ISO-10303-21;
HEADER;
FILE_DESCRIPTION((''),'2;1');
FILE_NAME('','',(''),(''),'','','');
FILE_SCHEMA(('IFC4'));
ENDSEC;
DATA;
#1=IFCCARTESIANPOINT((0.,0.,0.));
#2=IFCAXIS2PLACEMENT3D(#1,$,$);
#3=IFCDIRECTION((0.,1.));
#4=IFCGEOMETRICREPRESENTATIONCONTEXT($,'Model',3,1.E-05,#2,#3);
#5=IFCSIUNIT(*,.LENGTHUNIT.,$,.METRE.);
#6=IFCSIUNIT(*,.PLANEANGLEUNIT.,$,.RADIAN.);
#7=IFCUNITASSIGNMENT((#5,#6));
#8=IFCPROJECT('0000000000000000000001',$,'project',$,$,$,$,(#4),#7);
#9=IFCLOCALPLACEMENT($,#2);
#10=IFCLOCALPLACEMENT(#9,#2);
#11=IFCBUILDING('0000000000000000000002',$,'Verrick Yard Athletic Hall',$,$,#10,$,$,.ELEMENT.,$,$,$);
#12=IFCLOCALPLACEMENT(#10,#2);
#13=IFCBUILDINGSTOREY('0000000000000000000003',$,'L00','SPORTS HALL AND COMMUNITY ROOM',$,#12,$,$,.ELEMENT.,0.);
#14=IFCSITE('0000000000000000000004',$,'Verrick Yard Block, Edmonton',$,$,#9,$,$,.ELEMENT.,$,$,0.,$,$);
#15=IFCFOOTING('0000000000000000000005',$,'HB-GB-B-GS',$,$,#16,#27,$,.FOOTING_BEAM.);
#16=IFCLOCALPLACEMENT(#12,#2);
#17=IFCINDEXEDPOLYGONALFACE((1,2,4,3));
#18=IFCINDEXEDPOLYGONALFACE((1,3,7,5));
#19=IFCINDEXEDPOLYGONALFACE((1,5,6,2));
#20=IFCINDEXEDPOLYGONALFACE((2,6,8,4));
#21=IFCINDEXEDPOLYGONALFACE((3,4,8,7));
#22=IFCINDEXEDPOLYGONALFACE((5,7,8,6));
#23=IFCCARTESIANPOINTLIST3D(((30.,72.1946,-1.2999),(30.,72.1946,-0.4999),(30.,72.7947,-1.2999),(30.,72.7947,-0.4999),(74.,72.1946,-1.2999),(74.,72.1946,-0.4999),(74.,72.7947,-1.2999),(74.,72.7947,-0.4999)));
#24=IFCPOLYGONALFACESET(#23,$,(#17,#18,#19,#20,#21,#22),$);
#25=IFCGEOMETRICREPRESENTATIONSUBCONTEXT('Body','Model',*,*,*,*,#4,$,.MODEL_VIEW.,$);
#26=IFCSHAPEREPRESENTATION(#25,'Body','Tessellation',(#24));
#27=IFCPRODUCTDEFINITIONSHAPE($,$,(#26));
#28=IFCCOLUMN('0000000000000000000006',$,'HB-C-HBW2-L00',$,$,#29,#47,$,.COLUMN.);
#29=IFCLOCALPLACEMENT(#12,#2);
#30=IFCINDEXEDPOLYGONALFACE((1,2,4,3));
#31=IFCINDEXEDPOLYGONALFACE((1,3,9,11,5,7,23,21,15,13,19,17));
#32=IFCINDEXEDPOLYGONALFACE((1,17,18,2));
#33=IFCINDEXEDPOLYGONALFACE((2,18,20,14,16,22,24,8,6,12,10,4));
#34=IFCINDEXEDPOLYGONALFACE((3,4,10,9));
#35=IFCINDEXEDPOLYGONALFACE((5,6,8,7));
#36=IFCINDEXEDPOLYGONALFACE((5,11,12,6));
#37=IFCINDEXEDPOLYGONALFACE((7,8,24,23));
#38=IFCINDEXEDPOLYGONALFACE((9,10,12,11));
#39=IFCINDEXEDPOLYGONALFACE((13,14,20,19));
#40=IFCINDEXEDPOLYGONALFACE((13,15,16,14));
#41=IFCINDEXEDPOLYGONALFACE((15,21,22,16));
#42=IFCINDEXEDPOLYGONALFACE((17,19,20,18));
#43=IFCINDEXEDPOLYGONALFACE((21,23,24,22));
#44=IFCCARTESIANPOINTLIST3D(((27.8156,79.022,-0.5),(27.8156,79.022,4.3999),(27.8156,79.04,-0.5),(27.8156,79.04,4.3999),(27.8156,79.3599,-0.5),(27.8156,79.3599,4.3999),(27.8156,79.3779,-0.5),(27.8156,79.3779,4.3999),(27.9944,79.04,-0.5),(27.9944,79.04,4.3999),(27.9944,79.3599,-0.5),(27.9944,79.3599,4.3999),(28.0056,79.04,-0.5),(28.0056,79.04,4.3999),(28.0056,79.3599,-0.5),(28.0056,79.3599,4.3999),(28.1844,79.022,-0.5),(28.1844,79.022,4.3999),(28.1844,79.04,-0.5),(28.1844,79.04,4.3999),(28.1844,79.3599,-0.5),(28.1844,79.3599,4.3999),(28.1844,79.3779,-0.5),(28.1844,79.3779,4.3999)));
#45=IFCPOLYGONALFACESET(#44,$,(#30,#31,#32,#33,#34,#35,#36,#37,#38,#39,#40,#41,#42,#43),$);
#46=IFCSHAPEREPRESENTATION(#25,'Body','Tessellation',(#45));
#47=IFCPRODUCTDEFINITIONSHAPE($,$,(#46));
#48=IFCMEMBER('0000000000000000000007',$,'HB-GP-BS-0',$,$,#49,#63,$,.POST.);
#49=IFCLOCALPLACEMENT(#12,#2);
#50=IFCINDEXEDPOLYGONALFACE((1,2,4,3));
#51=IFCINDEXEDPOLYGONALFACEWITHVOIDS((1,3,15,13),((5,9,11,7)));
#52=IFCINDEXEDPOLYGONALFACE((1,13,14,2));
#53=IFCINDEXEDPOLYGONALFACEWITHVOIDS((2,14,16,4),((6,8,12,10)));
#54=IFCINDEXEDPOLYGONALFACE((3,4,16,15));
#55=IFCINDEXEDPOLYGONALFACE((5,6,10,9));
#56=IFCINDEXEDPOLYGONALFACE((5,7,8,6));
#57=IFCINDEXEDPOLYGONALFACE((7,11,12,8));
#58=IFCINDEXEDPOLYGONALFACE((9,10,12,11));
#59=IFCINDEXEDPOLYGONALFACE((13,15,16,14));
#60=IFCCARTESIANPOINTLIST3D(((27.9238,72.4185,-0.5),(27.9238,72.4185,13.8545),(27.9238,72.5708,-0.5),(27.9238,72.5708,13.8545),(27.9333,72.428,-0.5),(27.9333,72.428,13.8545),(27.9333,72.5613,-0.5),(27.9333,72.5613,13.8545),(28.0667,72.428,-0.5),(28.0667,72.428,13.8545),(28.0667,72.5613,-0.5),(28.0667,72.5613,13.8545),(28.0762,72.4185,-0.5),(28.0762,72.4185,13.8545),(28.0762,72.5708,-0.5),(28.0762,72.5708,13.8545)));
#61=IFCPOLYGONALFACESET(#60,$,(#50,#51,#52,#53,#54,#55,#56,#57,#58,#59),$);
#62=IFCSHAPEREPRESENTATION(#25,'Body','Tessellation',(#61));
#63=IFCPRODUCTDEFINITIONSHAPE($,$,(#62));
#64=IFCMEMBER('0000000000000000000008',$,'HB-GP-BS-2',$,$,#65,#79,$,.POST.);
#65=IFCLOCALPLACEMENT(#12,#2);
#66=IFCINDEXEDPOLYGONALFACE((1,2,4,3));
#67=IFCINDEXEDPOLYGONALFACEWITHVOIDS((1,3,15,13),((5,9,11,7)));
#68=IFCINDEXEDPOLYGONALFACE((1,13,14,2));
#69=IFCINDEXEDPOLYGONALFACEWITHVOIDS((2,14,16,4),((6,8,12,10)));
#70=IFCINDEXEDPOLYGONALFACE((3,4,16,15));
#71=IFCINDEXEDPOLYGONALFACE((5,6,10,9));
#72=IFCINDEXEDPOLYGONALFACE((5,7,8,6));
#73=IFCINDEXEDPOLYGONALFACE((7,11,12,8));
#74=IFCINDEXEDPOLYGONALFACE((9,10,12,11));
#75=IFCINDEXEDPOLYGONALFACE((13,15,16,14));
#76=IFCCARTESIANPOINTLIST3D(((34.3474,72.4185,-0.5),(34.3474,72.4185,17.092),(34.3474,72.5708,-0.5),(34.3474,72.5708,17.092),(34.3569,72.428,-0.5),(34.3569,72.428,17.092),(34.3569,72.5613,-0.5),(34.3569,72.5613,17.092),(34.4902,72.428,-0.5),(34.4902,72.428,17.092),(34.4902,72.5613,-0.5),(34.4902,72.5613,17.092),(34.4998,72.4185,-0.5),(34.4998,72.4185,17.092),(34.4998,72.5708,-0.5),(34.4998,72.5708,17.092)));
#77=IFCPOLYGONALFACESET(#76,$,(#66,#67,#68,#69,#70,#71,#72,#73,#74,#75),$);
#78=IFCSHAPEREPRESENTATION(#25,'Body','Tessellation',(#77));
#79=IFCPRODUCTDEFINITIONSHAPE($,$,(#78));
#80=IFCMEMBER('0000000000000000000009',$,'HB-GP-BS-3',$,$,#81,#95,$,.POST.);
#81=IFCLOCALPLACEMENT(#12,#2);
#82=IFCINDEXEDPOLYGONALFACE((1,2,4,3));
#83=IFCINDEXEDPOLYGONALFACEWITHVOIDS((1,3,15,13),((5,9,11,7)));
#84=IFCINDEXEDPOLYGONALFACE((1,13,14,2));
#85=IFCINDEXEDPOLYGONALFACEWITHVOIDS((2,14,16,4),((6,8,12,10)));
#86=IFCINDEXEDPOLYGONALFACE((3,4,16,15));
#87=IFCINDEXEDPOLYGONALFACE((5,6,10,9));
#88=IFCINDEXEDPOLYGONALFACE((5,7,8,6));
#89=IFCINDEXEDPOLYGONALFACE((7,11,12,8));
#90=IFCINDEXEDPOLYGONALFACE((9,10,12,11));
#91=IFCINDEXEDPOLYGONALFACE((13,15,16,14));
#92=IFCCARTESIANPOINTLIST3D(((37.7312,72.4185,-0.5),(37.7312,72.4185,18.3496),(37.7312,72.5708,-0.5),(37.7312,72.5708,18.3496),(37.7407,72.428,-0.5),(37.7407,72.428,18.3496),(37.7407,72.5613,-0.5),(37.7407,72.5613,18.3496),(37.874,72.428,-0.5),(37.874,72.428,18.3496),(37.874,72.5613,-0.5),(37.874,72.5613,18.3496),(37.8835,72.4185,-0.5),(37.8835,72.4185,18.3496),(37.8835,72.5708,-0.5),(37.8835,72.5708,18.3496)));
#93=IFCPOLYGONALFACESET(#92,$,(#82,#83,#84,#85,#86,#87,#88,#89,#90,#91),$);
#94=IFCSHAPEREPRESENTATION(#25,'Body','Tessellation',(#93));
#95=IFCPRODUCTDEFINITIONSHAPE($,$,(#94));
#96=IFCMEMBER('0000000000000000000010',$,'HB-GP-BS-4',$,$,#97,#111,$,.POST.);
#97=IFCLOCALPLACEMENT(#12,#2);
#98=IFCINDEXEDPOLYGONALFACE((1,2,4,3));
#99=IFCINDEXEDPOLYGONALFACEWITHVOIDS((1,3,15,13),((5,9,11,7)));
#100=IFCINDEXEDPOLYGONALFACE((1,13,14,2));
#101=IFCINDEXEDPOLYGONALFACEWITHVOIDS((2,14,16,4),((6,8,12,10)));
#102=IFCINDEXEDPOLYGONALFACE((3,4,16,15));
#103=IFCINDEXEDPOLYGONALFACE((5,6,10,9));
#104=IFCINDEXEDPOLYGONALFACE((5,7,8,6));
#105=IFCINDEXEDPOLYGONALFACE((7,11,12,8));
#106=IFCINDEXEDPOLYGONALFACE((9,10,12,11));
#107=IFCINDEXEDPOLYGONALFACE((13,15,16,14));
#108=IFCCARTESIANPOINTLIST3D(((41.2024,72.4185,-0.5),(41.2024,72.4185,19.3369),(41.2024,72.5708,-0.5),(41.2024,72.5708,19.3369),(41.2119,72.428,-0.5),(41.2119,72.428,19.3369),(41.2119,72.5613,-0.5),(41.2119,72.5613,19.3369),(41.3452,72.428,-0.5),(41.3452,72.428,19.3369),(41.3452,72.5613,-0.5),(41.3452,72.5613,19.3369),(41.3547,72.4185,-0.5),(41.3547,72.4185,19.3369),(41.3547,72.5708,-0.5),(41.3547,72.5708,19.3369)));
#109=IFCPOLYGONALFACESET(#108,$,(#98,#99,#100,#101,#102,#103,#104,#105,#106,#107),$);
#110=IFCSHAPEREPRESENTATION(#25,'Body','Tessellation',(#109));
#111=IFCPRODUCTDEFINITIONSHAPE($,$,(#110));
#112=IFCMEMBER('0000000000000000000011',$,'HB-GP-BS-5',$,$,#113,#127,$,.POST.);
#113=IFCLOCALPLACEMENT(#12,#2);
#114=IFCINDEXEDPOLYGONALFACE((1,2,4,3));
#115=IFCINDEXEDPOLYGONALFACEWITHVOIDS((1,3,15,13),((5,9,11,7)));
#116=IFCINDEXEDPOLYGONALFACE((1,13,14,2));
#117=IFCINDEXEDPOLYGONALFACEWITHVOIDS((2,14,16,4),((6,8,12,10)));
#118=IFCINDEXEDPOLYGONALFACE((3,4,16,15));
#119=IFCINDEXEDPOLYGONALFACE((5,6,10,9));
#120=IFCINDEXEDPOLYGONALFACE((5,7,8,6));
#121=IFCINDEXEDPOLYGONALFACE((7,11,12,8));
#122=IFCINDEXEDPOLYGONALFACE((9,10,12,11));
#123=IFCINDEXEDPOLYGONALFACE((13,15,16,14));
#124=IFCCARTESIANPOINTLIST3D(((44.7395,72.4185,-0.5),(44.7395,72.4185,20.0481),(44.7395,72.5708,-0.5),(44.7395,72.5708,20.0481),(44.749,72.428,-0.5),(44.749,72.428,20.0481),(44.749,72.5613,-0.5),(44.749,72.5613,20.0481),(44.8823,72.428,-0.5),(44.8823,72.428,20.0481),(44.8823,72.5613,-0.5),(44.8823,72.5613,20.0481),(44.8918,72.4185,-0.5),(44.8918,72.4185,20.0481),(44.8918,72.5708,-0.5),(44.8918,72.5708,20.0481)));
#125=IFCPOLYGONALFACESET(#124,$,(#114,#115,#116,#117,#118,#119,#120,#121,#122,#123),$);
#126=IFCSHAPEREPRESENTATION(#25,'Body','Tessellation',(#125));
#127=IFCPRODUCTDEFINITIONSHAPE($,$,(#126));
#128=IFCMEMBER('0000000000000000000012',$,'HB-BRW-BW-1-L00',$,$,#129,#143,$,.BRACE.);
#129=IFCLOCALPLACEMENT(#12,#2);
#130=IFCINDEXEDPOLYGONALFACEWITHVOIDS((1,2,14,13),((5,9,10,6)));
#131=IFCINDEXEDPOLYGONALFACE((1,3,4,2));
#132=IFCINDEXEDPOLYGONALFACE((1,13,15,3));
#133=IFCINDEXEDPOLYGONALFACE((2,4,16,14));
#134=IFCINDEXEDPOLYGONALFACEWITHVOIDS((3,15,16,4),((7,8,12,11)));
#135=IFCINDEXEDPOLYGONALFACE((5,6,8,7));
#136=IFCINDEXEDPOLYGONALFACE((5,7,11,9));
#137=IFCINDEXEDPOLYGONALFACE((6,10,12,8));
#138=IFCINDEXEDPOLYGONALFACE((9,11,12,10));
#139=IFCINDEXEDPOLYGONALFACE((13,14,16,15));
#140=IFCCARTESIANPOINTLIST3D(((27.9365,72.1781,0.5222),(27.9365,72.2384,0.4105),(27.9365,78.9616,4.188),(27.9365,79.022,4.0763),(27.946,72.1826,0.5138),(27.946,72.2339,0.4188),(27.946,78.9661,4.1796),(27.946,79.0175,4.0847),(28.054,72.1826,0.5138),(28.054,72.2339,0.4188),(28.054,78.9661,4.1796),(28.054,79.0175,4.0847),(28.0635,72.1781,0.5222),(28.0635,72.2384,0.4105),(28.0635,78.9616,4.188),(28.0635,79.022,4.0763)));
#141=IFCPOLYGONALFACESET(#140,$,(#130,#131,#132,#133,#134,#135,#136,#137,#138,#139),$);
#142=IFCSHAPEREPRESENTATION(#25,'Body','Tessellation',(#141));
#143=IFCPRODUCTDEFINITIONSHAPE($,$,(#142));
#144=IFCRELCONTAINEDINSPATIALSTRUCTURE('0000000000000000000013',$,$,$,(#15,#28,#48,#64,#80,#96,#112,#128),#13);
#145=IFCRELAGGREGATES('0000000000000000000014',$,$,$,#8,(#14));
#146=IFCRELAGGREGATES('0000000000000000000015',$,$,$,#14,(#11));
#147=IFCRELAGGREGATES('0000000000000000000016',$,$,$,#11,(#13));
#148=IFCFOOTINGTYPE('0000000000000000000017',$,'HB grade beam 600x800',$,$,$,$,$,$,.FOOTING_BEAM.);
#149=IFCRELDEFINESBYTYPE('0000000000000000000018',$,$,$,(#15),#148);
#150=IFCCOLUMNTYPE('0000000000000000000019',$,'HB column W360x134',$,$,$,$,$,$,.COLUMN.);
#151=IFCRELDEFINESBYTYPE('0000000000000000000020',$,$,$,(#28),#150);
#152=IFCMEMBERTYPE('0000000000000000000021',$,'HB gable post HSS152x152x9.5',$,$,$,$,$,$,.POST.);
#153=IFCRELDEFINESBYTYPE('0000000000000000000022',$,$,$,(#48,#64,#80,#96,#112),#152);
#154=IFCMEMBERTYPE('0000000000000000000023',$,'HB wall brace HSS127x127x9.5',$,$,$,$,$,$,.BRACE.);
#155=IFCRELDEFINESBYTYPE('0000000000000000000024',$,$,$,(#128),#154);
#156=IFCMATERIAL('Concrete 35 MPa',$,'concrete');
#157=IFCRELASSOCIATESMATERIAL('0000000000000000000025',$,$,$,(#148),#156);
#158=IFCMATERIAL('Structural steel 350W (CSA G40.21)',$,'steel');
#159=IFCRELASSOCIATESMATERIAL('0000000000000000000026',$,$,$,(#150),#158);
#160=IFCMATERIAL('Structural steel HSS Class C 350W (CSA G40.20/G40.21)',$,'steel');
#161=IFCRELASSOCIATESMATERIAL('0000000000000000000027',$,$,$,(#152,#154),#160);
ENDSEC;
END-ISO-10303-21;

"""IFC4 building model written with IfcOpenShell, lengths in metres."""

from ifc_helpers import new_model, si_unit, direction, frame, origin, origin_2d, place, context, subcontext, project, spatial, rectangle, hollow_rectangle, i_section, extrude, material, material_profile, profile_set, type_object, element, save


model = new_model("IFC4")

# Units and contexts
model_context = context("Model", 3, precision=1e-05, world=origin(), true_north=direction((0.0, 1.0)))
body_context = subcontext(model_context, "Body", "Model", "MODEL_VIEW")
ifc_project = project(units=[si_unit("LENGTHUNIT", "METRE"), si_unit("PLANEANGLEUNIT", "RADIAN")], contexts=[model_context])

# Site, building, storey
site_placement = place(None, origin())
site = spatial("IfcSite", under=ifc_project, at=site_placement, Name="Verrick Yard Block, Edmonton", CompositionType="ELEMENT", RefElevation=0.0)
building_placement = place(site_placement, origin())
building = spatial("IfcBuilding", under=site, at=building_placement, Name="Verrick Yard Athletic Hall", CompositionType="ELEMENT")
storey_placement = place(building_placement, origin())
storey = spatial("IfcBuildingStorey", under=building, at=storey_placement, Name="L00", Description="SPORTS HALL AND COMMUNITY ROOM", CompositionType="ELEMENT", Elevation=0.0)

# Shared definitions
ifc_material_1 = material(Name="Concrete 35 MPa", Category="concrete")

# Footing
ifc_material_profile_1 = material_profile(ifc_material_1, rectangle(XDim=0.6001, YDim=0.8, at=origin_2d()), Name="Grade beam 600x800")
ifc_profile_set_1 = profile_set([ifc_material_profile_1], Name="Concrete 35 MPa")
footing_type = type_object("IfcFootingType", Name="HB grade beam 600x800", PredefinedType="FOOTING_BEAM", material=ifc_profile_set_1)
footing_placement = place(storey_placement, frame((30.0, 72.4946, -0.8999), z_axis=(1.0, 0.0, 0.0), x_axis=(0.0, 1.0, 0.0)))
element("IfcFooting", 1, at=footing_placement, inside=storey, type_object=footing_type, Name="HB-GB-B-GS", PredefinedType="FOOTING_BEAM", context=body_context, shape_type="SweptSolid", body=[
    extrude(rectangle(XDim=0.6001, YDim=0.8, at=origin_2d()), origin(), (0.0, 0.0, 1.0), 44.0),
])

# Column
ifc_material_2 = material(Name="Structural steel 350W (CSA G40.21)", Category="steel")
ifc_material_profile_2 = material_profile(ifc_material_2, i_section(OverallWidth=0.3689, OverallDepth=0.356, WebThickness=0.0112, FlangeThickness=0.0181, at=origin_2d()), Name="W360x134")
ifc_profile_set_2 = profile_set([ifc_material_profile_2], Name="Structural steel 350W (CSA G40.21)")
column_type = type_object("IfcColumnType", Name="HB column W360x134", PredefinedType="COLUMN", material=ifc_profile_set_2)
column_placement = place(storey_placement, frame((28.0, 79.2, -0.5), z_axis=(0.0, 0.0, 1.0), x_axis=(1.0, 0.0, 0.0)))
element("IfcColumn", 2, at=column_placement, inside=storey, type_object=column_type, Name="HB-C-HBW2-L00", PredefinedType="COLUMN", context=body_context, shape_type="SweptSolid", body=[
    extrude(i_section(OverallWidth=0.3689, OverallDepth=0.356, WebThickness=0.0112, FlangeThickness=0.0181, at=origin_2d()), origin(), (0.0, 0.0, 1.0), 4.8999),
])

# Members
ifc_material_3 = material(Name="Structural steel HSS Class C 350W (CSA G40.20/G40.21)", Category="steel")
ifc_material_profile_3 = material_profile(ifc_material_3, hollow_rectangle(XDim=0.1523, YDim=0.1523, WallThickness=0.0095, at=origin_2d()), Name="HSS152x152x9.5")
ifc_profile_set_3 = profile_set([ifc_material_profile_3], Name="Structural steel HSS Class C 350W (CSA G40.20/G40.21)")
member_type_1 = type_object("IfcMemberType", Name="HB gable post HSS152x152x9.5", PredefinedType="POST", material=ifc_profile_set_3)
member_1_placement = place(storey_placement, frame((28.0, 72.4946, -0.5), z_axis=(0.0, 0.0, 1.0), x_axis=(1.0, 0.0, 0.0)))
element("IfcMember", 3, at=member_1_placement, inside=storey, type_object=member_type_1, Name="HB-GP-BS-0", PredefinedType="POST", context=body_context, shape_type="SweptSolid", body=[
    extrude(hollow_rectangle(XDim=0.1523, YDim=0.1523, WallThickness=0.0095, at=origin_2d()), origin(), (0.0, 0.0, 1.0), 14.3545),
])
member_2_placement = place(storey_placement, frame((34.4236, 72.4946, -0.5), z_axis=(0.0, 0.0, 1.0), x_axis=(1.0, 0.0, 0.0)))
element("IfcMember", 4, at=member_2_placement, inside=storey, type_object=member_type_1, Name="HB-GP-BS-2", PredefinedType="POST", context=body_context, shape_type="SweptSolid", body=[
    extrude(hollow_rectangle(XDim=0.1523, YDim=0.1523, WallThickness=0.0095, at=origin_2d()), origin(), (0.0, 0.0, 1.0), 17.592),
])
member_3_placement = place(storey_placement, frame((37.8074, 72.4946, -0.5), z_axis=(0.0, 0.0, 1.0), x_axis=(1.0, 0.0, 0.0)))
element("IfcMember", 5, at=member_3_placement, inside=storey, type_object=member_type_1, Name="HB-GP-BS-3", PredefinedType="POST", context=body_context, shape_type="SweptSolid", body=[
    extrude(hollow_rectangle(XDim=0.1523, YDim=0.1523, WallThickness=0.0095, at=origin_2d()), origin(), (0.0, 0.0, 1.0), 18.8496),
])
member_4_placement = place(storey_placement, frame((41.2786, 72.4946, -0.5), z_axis=(0.0, 0.0, 1.0), x_axis=(1.0, 0.0, 0.0)))
element("IfcMember", 6, at=member_4_placement, inside=storey, type_object=member_type_1, Name="HB-GP-BS-4", PredefinedType="POST", context=body_context, shape_type="SweptSolid", body=[
    extrude(hollow_rectangle(XDim=0.1523, YDim=0.1523, WallThickness=0.0095, at=origin_2d()), origin(), (0.0, 0.0, 1.0), 19.8369),
])
member_5_placement = place(storey_placement, frame((44.8157, 72.4946, -0.5), z_axis=(0.0, 0.0, 1.0), x_axis=(1.0, 0.0, 0.0)))
element("IfcMember", 7, at=member_5_placement, inside=storey, type_object=member_type_1, Name="HB-GP-BS-5", PredefinedType="POST", context=body_context, shape_type="SweptSolid", body=[
    extrude(hollow_rectangle(XDim=0.1523, YDim=0.1523, WallThickness=0.0095, at=origin_2d()), origin(), (0.0, 0.0, 1.0), 20.5481),
])
ifc_material_profile_4 = material_profile(ifc_material_3, hollow_rectangle(XDim=0.127, YDim=0.127, WallThickness=0.0095, at=origin_2d()), Name="HSS127x127x9.5")
ifc_profile_set_4 = profile_set([ifc_material_profile_4], Name="Structural steel HSS Class C 350W (CSA G40.20/G40.21)")
member_type_2 = type_object("IfcMemberType", Name="HB wall brace HSS127x127x9.5", PredefinedType="BRACE", material=ifc_profile_set_4)
member_6_placement = place(storey_placement, frame((28.0, 72.2083, 0.4663), z_axis=(0.0, 0.879758, 0.475421), x_axis=(-1.0, 0.0, 0.0)))
element("IfcMember", 8, at=member_6_placement, inside=storey, type_object=member_type_2, Name="HB-BRW-BW-1-L00", PredefinedType="BRACE", context=body_context, shape_type="SweptSolid", body=[
    extrude(hollow_rectangle(XDim=0.127, YDim=0.127, WallThickness=0.0095, at=origin_2d()), origin(), (0.0, 0.0, 1.0), 7.7107),
])

save(model, "model.ifc")
